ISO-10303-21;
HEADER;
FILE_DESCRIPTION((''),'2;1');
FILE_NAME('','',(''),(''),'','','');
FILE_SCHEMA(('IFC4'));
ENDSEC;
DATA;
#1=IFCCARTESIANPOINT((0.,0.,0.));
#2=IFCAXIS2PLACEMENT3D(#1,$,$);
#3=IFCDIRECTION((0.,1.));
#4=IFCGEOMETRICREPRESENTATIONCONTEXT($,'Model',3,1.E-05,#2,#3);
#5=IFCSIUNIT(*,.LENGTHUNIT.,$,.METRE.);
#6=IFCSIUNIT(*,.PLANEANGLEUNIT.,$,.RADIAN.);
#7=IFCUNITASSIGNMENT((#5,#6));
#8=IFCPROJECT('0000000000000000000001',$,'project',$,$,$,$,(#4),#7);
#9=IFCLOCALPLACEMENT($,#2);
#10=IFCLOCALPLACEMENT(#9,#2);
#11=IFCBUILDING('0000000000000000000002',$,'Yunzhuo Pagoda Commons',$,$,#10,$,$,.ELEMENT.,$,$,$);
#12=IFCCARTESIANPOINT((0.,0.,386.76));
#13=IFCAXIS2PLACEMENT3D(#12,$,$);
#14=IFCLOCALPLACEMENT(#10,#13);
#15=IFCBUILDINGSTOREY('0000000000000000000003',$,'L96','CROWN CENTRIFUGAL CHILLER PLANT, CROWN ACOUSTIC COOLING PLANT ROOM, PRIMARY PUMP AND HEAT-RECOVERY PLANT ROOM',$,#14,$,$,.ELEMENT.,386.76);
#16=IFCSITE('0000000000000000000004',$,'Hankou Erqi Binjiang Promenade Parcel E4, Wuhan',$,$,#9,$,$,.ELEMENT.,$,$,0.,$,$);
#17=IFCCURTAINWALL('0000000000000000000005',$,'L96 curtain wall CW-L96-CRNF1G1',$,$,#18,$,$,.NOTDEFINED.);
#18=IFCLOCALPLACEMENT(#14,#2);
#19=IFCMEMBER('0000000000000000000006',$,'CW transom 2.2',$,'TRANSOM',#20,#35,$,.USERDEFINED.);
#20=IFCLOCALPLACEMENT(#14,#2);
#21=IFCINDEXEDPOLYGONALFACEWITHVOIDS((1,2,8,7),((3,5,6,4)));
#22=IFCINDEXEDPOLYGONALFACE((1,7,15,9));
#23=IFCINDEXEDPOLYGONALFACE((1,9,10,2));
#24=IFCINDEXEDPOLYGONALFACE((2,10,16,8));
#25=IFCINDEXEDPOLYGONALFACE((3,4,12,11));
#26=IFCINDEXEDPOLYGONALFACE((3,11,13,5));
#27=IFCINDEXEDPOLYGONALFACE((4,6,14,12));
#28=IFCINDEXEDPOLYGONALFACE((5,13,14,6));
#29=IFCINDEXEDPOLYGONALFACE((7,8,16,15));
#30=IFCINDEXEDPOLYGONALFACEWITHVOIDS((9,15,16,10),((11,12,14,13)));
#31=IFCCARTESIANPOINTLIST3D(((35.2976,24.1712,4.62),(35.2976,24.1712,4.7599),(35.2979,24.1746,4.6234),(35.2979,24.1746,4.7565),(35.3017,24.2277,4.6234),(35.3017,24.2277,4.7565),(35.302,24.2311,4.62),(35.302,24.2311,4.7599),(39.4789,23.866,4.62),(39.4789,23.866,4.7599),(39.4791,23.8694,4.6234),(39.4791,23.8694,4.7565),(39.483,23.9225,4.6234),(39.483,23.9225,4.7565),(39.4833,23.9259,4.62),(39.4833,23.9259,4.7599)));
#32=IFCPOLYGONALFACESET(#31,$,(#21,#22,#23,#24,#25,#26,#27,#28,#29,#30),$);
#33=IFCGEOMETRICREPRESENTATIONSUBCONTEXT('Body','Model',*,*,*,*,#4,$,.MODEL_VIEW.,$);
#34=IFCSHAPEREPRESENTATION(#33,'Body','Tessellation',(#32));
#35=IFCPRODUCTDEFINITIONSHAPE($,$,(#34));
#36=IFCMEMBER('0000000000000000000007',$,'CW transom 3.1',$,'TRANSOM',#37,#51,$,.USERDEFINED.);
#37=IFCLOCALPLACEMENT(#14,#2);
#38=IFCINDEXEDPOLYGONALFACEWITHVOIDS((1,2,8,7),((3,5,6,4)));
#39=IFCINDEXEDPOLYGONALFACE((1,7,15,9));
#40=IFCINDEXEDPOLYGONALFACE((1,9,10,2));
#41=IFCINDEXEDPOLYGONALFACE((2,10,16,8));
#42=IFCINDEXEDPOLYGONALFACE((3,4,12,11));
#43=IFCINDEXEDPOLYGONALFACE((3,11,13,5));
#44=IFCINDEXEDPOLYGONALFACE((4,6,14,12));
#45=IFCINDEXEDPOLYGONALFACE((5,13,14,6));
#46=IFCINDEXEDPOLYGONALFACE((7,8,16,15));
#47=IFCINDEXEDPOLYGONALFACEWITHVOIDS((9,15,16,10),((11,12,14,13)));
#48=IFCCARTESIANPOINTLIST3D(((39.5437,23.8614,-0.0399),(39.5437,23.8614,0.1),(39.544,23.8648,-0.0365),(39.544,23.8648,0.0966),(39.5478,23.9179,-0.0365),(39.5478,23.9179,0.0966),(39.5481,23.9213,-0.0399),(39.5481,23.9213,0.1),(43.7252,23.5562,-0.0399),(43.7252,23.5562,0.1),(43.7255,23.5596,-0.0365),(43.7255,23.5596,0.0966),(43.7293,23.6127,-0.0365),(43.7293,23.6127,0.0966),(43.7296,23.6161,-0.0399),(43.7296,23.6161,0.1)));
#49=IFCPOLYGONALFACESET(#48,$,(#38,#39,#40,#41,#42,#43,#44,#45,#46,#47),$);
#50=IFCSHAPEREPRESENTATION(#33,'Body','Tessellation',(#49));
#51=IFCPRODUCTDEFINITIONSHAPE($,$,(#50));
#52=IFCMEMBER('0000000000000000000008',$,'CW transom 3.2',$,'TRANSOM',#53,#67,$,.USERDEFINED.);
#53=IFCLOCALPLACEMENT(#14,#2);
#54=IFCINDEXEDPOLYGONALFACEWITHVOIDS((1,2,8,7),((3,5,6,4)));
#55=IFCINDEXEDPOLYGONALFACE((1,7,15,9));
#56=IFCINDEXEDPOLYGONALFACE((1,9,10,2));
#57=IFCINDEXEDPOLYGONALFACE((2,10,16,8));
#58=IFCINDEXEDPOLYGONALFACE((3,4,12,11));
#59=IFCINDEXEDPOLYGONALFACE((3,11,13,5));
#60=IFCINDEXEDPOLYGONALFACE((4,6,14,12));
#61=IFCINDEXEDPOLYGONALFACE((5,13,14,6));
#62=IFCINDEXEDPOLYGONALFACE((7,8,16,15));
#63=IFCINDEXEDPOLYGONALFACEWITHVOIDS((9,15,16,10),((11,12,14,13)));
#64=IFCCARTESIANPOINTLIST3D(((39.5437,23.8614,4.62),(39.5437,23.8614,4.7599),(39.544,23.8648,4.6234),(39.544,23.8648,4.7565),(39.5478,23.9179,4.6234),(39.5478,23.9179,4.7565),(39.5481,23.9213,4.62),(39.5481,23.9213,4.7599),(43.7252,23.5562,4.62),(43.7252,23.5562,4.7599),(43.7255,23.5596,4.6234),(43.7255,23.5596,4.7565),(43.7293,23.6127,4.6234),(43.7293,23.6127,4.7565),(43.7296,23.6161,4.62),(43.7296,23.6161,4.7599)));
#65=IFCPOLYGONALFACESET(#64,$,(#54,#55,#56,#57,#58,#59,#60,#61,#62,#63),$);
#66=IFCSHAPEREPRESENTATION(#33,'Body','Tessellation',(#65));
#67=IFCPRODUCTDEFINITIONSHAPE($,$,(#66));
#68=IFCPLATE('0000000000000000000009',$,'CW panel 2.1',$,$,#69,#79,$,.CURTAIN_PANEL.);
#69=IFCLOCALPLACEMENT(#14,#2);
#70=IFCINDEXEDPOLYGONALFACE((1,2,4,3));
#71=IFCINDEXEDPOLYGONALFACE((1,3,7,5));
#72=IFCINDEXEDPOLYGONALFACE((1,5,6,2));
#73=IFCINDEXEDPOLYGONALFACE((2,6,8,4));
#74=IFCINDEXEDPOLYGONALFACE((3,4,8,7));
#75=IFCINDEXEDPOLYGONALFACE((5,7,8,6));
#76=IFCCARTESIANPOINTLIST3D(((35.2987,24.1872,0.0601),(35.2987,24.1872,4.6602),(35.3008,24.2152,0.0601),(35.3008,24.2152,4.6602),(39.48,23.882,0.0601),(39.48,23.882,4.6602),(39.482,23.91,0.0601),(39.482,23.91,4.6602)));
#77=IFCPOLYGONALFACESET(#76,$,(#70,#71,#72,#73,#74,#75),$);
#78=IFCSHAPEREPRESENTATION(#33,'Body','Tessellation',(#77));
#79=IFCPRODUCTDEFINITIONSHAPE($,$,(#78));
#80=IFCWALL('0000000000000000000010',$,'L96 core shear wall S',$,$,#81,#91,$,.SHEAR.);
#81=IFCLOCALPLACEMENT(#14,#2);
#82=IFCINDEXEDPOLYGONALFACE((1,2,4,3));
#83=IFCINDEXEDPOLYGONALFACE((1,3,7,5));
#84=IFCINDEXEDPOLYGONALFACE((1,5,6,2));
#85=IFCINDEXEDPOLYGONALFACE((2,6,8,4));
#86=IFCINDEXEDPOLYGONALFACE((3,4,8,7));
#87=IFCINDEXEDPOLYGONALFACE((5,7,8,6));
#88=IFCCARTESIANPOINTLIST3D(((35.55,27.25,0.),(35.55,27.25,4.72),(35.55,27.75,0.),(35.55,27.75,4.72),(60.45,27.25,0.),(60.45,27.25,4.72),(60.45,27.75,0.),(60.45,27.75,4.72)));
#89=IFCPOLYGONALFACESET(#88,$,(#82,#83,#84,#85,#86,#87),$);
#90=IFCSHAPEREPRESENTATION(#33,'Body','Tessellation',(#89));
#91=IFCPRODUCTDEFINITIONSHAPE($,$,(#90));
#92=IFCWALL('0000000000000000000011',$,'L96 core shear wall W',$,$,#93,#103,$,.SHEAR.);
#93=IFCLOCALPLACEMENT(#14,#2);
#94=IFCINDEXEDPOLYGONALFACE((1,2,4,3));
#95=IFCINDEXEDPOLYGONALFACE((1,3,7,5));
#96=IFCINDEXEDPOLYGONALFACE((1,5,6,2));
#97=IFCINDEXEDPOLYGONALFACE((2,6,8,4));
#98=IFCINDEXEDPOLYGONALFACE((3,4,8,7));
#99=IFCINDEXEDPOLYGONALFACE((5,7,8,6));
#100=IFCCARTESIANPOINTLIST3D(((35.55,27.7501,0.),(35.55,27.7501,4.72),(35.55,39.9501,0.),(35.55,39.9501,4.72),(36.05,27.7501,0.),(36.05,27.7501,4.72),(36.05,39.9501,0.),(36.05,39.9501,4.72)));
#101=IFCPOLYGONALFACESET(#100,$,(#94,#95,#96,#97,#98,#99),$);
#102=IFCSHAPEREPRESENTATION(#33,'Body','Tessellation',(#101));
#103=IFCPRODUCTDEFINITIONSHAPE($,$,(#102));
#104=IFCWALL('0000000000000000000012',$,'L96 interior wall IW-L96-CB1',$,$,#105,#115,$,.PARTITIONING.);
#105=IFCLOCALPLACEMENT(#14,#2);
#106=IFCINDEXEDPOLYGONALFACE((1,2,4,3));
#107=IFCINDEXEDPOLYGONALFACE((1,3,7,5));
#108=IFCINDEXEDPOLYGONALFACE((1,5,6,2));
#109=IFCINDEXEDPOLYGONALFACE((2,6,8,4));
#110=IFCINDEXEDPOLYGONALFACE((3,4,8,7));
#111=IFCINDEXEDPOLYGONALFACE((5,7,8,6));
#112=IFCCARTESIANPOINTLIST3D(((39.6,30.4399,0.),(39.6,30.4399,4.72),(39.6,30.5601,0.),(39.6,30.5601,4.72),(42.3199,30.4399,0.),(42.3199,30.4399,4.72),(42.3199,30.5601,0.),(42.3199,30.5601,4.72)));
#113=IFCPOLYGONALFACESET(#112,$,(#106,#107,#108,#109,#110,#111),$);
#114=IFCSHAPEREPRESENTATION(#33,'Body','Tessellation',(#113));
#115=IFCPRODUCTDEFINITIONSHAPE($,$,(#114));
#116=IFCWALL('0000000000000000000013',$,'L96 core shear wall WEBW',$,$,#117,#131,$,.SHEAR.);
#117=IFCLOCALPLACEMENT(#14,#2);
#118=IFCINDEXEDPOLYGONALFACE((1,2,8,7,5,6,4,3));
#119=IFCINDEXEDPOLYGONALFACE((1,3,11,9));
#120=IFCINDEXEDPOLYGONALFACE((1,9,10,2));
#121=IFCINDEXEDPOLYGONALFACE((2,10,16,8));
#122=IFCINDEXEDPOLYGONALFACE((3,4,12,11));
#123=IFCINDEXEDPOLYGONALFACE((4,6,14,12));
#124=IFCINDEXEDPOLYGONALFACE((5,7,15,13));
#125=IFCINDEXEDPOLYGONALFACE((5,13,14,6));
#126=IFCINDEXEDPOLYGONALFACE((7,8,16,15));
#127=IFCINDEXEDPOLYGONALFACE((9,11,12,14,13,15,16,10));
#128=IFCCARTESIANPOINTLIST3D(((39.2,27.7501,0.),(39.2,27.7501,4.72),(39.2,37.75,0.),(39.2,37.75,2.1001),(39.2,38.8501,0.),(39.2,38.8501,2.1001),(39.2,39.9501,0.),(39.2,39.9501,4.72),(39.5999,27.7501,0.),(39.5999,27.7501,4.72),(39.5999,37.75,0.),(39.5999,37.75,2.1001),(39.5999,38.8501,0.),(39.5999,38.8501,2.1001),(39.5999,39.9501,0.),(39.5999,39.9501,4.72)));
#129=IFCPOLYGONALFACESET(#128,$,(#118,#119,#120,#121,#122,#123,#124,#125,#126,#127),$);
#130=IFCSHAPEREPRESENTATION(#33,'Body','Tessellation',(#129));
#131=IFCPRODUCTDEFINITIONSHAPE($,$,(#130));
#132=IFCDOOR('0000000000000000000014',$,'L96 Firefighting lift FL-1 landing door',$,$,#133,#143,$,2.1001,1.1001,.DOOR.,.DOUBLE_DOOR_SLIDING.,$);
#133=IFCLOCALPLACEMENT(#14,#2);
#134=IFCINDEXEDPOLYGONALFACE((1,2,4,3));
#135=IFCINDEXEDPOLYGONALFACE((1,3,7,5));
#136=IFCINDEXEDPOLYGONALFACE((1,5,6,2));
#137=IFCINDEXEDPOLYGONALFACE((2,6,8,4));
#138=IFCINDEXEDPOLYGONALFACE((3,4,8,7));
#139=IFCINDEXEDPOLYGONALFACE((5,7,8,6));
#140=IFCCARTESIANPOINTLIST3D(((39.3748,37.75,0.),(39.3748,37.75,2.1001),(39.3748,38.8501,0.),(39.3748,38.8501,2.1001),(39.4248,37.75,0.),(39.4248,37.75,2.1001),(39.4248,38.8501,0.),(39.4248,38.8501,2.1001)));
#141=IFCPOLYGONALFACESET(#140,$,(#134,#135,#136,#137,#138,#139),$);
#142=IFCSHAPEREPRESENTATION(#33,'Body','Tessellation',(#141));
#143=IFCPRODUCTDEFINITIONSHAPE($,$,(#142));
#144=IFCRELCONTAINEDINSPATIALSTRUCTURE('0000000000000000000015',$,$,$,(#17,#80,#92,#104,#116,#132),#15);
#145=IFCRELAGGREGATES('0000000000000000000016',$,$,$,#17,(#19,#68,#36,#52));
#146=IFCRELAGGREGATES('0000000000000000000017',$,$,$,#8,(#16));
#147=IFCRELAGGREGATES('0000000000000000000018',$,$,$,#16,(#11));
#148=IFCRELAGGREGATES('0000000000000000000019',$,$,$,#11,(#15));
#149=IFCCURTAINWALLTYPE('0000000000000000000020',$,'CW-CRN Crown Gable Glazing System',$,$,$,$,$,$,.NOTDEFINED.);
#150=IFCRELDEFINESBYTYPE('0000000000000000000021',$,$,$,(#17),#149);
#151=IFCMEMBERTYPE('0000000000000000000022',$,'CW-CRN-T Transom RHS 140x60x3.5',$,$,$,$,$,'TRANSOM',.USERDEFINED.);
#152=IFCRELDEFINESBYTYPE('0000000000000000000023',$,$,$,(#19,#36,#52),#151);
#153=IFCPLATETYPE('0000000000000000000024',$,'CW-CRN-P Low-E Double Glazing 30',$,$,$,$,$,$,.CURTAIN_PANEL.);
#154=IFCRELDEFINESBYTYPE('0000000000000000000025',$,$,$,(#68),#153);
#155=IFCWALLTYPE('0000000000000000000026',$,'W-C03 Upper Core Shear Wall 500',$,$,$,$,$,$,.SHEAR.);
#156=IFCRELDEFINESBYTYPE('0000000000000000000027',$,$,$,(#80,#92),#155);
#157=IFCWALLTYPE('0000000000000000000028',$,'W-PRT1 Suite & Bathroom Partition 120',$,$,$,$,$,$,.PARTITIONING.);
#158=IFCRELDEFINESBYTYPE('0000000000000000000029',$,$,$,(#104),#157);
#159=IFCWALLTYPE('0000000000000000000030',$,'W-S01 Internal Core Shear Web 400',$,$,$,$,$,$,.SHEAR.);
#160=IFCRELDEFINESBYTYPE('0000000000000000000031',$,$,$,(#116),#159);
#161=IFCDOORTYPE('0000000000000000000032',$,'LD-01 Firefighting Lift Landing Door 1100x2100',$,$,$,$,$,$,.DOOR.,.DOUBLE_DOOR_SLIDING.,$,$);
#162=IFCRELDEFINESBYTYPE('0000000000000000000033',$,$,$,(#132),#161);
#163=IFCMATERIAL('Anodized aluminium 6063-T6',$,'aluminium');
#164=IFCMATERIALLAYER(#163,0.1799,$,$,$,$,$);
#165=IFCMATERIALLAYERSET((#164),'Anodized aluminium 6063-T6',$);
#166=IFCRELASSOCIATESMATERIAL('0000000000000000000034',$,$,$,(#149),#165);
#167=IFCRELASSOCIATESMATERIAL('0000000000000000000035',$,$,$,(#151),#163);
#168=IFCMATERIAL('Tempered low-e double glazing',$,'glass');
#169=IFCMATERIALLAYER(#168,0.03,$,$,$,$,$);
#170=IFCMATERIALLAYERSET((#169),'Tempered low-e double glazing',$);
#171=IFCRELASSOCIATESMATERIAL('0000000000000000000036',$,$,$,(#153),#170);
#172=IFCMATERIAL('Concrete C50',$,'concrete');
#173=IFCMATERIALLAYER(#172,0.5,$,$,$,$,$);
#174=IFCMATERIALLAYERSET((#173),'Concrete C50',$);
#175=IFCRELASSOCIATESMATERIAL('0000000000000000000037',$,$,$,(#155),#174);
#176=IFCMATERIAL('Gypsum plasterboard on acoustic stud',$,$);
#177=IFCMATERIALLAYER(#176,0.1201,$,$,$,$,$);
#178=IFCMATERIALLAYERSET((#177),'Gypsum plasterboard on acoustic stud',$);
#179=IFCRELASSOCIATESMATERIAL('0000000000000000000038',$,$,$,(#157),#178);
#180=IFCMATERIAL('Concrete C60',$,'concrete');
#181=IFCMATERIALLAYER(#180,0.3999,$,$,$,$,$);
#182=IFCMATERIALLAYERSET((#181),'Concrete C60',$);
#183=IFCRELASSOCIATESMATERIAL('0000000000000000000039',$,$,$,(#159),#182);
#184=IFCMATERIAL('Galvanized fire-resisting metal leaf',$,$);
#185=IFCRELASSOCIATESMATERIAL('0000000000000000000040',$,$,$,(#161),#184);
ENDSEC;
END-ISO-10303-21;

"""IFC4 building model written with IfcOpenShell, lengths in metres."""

from ifc_helpers import new_model, si_unit, direction, frame, frame_2d, origin, origin_2d, place, context, subcontext, project, spatial, rectangle, hollow_rectangle, extrude, source, transform, mapped, material, layer, layer_set, material_profile, profile_set, type_object, element, fill, aggregate, save


model = new_model("IFC4")

# Units and contexts
model_context = context("Model", 3, precision=1e-05, world=origin(), true_north=direction((0.0, 1.0)))
body_context = subcontext(model_context, "Body", "Model", "MODEL_VIEW")
ifc_project = project(units=[si_unit("LENGTHUNIT", "METRE"), si_unit("PLANEANGLEUNIT", "RADIAN")], contexts=[model_context])

# Site, building, storey
site_placement = place(None, origin())
site = spatial("IfcSite", under=ifc_project, at=site_placement, Name="Hankou Erqi Binjiang Promenade Parcel E4, Wuhan", CompositionType="ELEMENT", RefElevation=0.0)
building_placement = place(site_placement, origin())
building = spatial("IfcBuilding", under=site, at=building_placement, Name="Yunzhuo Pagoda Commons", CompositionType="ELEMENT")
storey_placement = place(building_placement, frame((0.0, 0.0, 386.76)))
storey = spatial("IfcBuildingStorey", under=building, at=storey_placement, Name="L96", Description="CROWN CENTRIFUGAL CHILLER PLANT, CROWN ACOUSTIC COOLING PLANT ROOM, PRIMARY PUMP AND HEAT-RECOVERY PLANT ROOM", CompositionType="ELEMENT", Elevation=386.76)

# Curtain wall, members, plate
ifc_material_1 = material(Name="Anodized aluminium 6063-T6", Category="aluminium")
ifc_layer_1 = layer(ifc_material_1, 0.1799)
ifc_layer_set_1 = layer_set([ifc_layer_1], Name="Anodized aluminium 6063-T6")
curtain_wall_type = type_object("IfcCurtainWallType", Name="CW-CRN Crown Gable Glazing System", PredefinedType="NOTDEFINED", material=ifc_layer_set_1)
curtain_wall_placement = place(storey_placement, origin())
curtain_wall = element("IfcCurtainWall", 1, at=curtain_wall_placement, inside=storey, type_object=curtain_wall_type, Name="L96 curtain wall CW-L96-CRNF1G1", PredefinedType="NOTDEFINED")
ifc_material_profile_1 = material_profile(ifc_material_1, hollow_rectangle(XDim=0.0601, YDim=0.1399, WallThickness=0.0034, at=origin_2d()), Name="Anodized aluminium 6063-T6")
ifc_profile_set_1 = profile_set([ifc_material_profile_1], Name="Anodized aluminium 6063-T6")
member_type_1 = type_object("IfcMemberType", Name="CW-CRN-T Transom RHS 140x60x3.5", ElementType="TRANSOM", PredefinedType="USERDEFINED", material=ifc_profile_set_1)
shared_shape_1 = source(origin(), body_context, "Body", "SweptSolid", [
    extrude(hollow_rectangle(XDim=0.0601, YDim=0.1399, WallThickness=0.0034, at=origin_2d()), origin(), (0.0, 0.0, 1.0), 4.1924),
])
member_1_placement = place(storey_placement, frame((35.2998, 24.2012, 4.6899), z_axis=(0.997347, -0.072795, 0.0), x_axis=(0.072795, 0.997347, 0.0)))
member_1 = element("IfcMember", 2, at=member_1_placement, type_object=member_type_1, Name="CW transom 2.2", ObjectType="TRANSOM", PredefinedType="USERDEFINED", context=body_context, shape_type="MappedRepresentation", body=[
    mapped(shared_shape_1, transform((0.0, 0.0, 0.0), scale=1.0)),
])
shared_shape_2 = source(origin(), body_context, "Body", "SweptSolid", [
    extrude(hollow_rectangle(XDim=0.0601, YDim=0.1399, WallThickness=0.0034, at=origin_2d()), origin(), (0.0, 0.0, 1.0), 4.1926),
])
member_2_placement = place(storey_placement, frame((39.5459, 23.8914, 0.03), z_axis=(0.997347, -0.072791, 0.0), x_axis=(0.072791, 0.997347, 0.0)))
member_2 = element("IfcMember", 3, at=member_2_placement, type_object=member_type_1, Name="CW transom 3.1", ObjectType="TRANSOM", PredefinedType="USERDEFINED", context=body_context, shape_type="MappedRepresentation", body=[
    mapped(shared_shape_2, transform((0.0, 0.0, 0.0), scale=1.0)),
])
member_3_placement = place(storey_placement, frame((39.5459, 23.8914, 4.6899), z_axis=(0.997347, -0.072791, 0.0), x_axis=(0.072791, 0.997347, 0.0)))
member_3 = element("IfcMember", 4, at=member_3_placement, type_object=member_type_1, Name="CW transom 3.2", ObjectType="TRANSOM", PredefinedType="USERDEFINED", context=body_context, shape_type="MappedRepresentation", body=[
    mapped(shared_shape_2, transform((0.0, 0.0, 0.0), scale=1.0)),
])
ifc_material_2 = material(Name="Tempered low-e double glazing", Category="glass")
ifc_layer_2 = layer(ifc_material_2, 0.03)
ifc_layer_set_2 = layer_set([ifc_layer_2], Name="Tempered low-e double glazing")
plate_type = type_object("IfcPlateType", Name="CW-CRN-P Low-E Double Glazing 30", PredefinedType="CURTAIN_PANEL", material=ifc_layer_set_2)
shared_shape_3 = source(origin(), body_context, "Body", "SweptSolid", [
    extrude(rectangle(XDim=4.1924, YDim=0.0281, at=origin_2d()), origin(), (0.0, 0.0, 1.0), 4.6001),
])
plate_placement = place(storey_placement, frame((37.3904, 24.0486, 0.0601), z_axis=(0.0, 0.0, 1.0), x_axis=(0.997347, -0.072796, 0.0)))
plate = element("IfcPlate", 5, at=plate_placement, type_object=plate_type, Name="CW panel 2.1", PredefinedType="CURTAIN_PANEL", context=body_context, shape_type="MappedRepresentation", body=[
    mapped(shared_shape_3, transform((0.0, 0.0, 0.0), scale=1.0)),
])
aggregate(curtain_wall, [member_1, plate, member_2, member_3])

# Walls
ifc_material_3 = material(Name="Concrete C50", Category="concrete")
ifc_layer_3 = layer(ifc_material_3, 0.5)
ifc_layer_set_3 = layer_set([ifc_layer_3], Name="Concrete C50")
wall_type_1 = type_object("IfcWallType", Name="W-C03 Upper Core Shear Wall 500", PredefinedType="SHEAR", material=ifc_layer_set_3)
wall_1_placement = place(storey_placement, frame((35.55, 27.5, 0.0), z_axis=(0.0, 0.0, 1.0), x_axis=(1.0, 0.0, 0.0)))
element("IfcWall", 6, at=wall_1_placement, inside=storey, type_object=wall_type_1, Name="L96 core shear wall S", PredefinedType="SHEAR", context=body_context, shape_type="SweptSolid", body=[
    extrude(rectangle(XDim=24.8999, YDim=0.5, at=frame_2d((12.45, 0.0))), origin(), (0.0, 0.0, 1.0), 4.72),
])
wall_2_placement = place(storey_placement, frame((35.8, 27.75, 0.0), z_axis=(0.0, 0.0, 1.0), x_axis=(0.0, 1.0, 0.0)))
element("IfcWall", 7, at=wall_2_placement, inside=storey, type_object=wall_type_1, Name="L96 core shear wall W", PredefinedType="SHEAR", context=body_context, shape_type="SweptSolid", body=[
    extrude(rectangle(XDim=12.2, YDim=0.5, at=frame_2d((6.1001, 0.0))), origin(), (0.0, 0.0, 1.0), 4.72),
])
ifc_material_4 = material(Name="Gypsum plasterboard on acoustic stud")
ifc_layer_4 = layer(ifc_material_4, 0.1201)
ifc_layer_set_4 = layer_set([ifc_layer_4], Name="Gypsum plasterboard on acoustic stud")
wall_type_2 = type_object("IfcWallType", Name="W-PRT1 Suite & Bathroom Partition 120", PredefinedType="PARTITIONING", material=ifc_layer_set_4)
wall_3_placement = place(storey_placement, frame((39.6001, 30.5, 0.0), z_axis=(0.0, 0.0, 1.0), x_axis=(1.0, 0.0, 0.0)))
element("IfcWall", 8, at=wall_3_placement, inside=storey, type_object=wall_type_2, Name="L96 interior wall IW-L96-CB1", PredefinedType="PARTITIONING", context=body_context, shape_type="SweptSolid", body=[
    extrude(rectangle(XDim=2.72, YDim=0.1201, at=frame_2d((1.3599, 0.0))), origin(), (0.0, 0.0, 1.0), 4.72),
])

# Wall, opening, door
ifc_material_5 = material(Name="Concrete C60", Category="concrete")
ifc_layer_5 = layer(ifc_material_5, 0.3999)
ifc_layer_set_5 = layer_set([ifc_layer_5], Name="Concrete C60")
wall_type_3 = type_object("IfcWallType", Name="W-S01 Internal Core Shear Web 400", PredefinedType="SHEAR", material=ifc_layer_set_5)
wall_4_placement = place(storey_placement, frame((39.3999, 27.75, 0.0), z_axis=(0.0, 0.0, 1.0), x_axis=(0.0, 1.0, 0.0)))
wall_4 = element("IfcWall", 9, at=wall_4_placement, inside=storey, type_object=wall_type_3, Name="L96 core shear wall WEBW", PredefinedType="SHEAR", context=body_context, shape_type="SweptSolid", body=[
    extrude(rectangle(XDim=12.2, YDim=0.3999, at=frame_2d((6.1001, 0.0))), origin(), (0.0, 0.0, 1.0), 4.72),
])
opening_placement = place(wall_4_placement, frame((10.0, 0.0, 0.0)))
opening = element("IfcOpeningElement", 10, at=opening_placement, cuts=wall_4, PredefinedType="OPENING", context=body_context, shape_type="SweptSolid", body=[
    extrude(rectangle(XDim=1.1001, YDim=2.1001, at=frame_2d((0.55, 1.05))), frame((0.0, 0.21, 0.0), z_axis=(0.0, -1.0, 0.0), x_axis=(1.0, 0.0, 0.0)), (0.0, 0.0, 1.0), 0.4199),
])
ifc_material_6 = material(Name="Galvanized fire-resisting metal leaf")
door_type = type_object("IfcDoorType", Name="LD-01 Firefighting Lift Landing Door 1100x2100", OperationType="DOUBLE_DOOR_SLIDING", PredefinedType="DOOR", material=ifc_material_6)
shared_shape_4 = source(origin(), body_context, "Body", "SweptSolid", [
    extrude(rectangle(XDim=1.1001, YDim=2.1001, at=frame_2d((0.55, 1.05))), frame((0.0, 0.0249, 0.0), z_axis=(0.0, -1.0, 0.0), x_axis=(1.0, 0.0, 0.0)), (0.0, 0.0, 1.0), 0.05),
])
door_placement = place(opening_placement, frame((1.1001, 0.0, 0.0), z_axis=(0.0, 0.0, 1.0), x_axis=(-1.0, 0.0, 0.0)))
door = element("IfcDoor", 11, at=door_placement, inside=storey, type_object=door_type, Name="L96 Firefighting lift FL-1 landing door", OperationType="DOUBLE_DOOR_SLIDING", OverallHeight=2.1001, OverallWidth=1.1001, PredefinedType="DOOR", context=body_context, shape_type="MappedRepresentation", body=[
    mapped(shared_shape_4, transform((0.0, 0.0, 0.0), scale=1.0)),
])
fill(opening, door)

save(model, "model.ifc")
